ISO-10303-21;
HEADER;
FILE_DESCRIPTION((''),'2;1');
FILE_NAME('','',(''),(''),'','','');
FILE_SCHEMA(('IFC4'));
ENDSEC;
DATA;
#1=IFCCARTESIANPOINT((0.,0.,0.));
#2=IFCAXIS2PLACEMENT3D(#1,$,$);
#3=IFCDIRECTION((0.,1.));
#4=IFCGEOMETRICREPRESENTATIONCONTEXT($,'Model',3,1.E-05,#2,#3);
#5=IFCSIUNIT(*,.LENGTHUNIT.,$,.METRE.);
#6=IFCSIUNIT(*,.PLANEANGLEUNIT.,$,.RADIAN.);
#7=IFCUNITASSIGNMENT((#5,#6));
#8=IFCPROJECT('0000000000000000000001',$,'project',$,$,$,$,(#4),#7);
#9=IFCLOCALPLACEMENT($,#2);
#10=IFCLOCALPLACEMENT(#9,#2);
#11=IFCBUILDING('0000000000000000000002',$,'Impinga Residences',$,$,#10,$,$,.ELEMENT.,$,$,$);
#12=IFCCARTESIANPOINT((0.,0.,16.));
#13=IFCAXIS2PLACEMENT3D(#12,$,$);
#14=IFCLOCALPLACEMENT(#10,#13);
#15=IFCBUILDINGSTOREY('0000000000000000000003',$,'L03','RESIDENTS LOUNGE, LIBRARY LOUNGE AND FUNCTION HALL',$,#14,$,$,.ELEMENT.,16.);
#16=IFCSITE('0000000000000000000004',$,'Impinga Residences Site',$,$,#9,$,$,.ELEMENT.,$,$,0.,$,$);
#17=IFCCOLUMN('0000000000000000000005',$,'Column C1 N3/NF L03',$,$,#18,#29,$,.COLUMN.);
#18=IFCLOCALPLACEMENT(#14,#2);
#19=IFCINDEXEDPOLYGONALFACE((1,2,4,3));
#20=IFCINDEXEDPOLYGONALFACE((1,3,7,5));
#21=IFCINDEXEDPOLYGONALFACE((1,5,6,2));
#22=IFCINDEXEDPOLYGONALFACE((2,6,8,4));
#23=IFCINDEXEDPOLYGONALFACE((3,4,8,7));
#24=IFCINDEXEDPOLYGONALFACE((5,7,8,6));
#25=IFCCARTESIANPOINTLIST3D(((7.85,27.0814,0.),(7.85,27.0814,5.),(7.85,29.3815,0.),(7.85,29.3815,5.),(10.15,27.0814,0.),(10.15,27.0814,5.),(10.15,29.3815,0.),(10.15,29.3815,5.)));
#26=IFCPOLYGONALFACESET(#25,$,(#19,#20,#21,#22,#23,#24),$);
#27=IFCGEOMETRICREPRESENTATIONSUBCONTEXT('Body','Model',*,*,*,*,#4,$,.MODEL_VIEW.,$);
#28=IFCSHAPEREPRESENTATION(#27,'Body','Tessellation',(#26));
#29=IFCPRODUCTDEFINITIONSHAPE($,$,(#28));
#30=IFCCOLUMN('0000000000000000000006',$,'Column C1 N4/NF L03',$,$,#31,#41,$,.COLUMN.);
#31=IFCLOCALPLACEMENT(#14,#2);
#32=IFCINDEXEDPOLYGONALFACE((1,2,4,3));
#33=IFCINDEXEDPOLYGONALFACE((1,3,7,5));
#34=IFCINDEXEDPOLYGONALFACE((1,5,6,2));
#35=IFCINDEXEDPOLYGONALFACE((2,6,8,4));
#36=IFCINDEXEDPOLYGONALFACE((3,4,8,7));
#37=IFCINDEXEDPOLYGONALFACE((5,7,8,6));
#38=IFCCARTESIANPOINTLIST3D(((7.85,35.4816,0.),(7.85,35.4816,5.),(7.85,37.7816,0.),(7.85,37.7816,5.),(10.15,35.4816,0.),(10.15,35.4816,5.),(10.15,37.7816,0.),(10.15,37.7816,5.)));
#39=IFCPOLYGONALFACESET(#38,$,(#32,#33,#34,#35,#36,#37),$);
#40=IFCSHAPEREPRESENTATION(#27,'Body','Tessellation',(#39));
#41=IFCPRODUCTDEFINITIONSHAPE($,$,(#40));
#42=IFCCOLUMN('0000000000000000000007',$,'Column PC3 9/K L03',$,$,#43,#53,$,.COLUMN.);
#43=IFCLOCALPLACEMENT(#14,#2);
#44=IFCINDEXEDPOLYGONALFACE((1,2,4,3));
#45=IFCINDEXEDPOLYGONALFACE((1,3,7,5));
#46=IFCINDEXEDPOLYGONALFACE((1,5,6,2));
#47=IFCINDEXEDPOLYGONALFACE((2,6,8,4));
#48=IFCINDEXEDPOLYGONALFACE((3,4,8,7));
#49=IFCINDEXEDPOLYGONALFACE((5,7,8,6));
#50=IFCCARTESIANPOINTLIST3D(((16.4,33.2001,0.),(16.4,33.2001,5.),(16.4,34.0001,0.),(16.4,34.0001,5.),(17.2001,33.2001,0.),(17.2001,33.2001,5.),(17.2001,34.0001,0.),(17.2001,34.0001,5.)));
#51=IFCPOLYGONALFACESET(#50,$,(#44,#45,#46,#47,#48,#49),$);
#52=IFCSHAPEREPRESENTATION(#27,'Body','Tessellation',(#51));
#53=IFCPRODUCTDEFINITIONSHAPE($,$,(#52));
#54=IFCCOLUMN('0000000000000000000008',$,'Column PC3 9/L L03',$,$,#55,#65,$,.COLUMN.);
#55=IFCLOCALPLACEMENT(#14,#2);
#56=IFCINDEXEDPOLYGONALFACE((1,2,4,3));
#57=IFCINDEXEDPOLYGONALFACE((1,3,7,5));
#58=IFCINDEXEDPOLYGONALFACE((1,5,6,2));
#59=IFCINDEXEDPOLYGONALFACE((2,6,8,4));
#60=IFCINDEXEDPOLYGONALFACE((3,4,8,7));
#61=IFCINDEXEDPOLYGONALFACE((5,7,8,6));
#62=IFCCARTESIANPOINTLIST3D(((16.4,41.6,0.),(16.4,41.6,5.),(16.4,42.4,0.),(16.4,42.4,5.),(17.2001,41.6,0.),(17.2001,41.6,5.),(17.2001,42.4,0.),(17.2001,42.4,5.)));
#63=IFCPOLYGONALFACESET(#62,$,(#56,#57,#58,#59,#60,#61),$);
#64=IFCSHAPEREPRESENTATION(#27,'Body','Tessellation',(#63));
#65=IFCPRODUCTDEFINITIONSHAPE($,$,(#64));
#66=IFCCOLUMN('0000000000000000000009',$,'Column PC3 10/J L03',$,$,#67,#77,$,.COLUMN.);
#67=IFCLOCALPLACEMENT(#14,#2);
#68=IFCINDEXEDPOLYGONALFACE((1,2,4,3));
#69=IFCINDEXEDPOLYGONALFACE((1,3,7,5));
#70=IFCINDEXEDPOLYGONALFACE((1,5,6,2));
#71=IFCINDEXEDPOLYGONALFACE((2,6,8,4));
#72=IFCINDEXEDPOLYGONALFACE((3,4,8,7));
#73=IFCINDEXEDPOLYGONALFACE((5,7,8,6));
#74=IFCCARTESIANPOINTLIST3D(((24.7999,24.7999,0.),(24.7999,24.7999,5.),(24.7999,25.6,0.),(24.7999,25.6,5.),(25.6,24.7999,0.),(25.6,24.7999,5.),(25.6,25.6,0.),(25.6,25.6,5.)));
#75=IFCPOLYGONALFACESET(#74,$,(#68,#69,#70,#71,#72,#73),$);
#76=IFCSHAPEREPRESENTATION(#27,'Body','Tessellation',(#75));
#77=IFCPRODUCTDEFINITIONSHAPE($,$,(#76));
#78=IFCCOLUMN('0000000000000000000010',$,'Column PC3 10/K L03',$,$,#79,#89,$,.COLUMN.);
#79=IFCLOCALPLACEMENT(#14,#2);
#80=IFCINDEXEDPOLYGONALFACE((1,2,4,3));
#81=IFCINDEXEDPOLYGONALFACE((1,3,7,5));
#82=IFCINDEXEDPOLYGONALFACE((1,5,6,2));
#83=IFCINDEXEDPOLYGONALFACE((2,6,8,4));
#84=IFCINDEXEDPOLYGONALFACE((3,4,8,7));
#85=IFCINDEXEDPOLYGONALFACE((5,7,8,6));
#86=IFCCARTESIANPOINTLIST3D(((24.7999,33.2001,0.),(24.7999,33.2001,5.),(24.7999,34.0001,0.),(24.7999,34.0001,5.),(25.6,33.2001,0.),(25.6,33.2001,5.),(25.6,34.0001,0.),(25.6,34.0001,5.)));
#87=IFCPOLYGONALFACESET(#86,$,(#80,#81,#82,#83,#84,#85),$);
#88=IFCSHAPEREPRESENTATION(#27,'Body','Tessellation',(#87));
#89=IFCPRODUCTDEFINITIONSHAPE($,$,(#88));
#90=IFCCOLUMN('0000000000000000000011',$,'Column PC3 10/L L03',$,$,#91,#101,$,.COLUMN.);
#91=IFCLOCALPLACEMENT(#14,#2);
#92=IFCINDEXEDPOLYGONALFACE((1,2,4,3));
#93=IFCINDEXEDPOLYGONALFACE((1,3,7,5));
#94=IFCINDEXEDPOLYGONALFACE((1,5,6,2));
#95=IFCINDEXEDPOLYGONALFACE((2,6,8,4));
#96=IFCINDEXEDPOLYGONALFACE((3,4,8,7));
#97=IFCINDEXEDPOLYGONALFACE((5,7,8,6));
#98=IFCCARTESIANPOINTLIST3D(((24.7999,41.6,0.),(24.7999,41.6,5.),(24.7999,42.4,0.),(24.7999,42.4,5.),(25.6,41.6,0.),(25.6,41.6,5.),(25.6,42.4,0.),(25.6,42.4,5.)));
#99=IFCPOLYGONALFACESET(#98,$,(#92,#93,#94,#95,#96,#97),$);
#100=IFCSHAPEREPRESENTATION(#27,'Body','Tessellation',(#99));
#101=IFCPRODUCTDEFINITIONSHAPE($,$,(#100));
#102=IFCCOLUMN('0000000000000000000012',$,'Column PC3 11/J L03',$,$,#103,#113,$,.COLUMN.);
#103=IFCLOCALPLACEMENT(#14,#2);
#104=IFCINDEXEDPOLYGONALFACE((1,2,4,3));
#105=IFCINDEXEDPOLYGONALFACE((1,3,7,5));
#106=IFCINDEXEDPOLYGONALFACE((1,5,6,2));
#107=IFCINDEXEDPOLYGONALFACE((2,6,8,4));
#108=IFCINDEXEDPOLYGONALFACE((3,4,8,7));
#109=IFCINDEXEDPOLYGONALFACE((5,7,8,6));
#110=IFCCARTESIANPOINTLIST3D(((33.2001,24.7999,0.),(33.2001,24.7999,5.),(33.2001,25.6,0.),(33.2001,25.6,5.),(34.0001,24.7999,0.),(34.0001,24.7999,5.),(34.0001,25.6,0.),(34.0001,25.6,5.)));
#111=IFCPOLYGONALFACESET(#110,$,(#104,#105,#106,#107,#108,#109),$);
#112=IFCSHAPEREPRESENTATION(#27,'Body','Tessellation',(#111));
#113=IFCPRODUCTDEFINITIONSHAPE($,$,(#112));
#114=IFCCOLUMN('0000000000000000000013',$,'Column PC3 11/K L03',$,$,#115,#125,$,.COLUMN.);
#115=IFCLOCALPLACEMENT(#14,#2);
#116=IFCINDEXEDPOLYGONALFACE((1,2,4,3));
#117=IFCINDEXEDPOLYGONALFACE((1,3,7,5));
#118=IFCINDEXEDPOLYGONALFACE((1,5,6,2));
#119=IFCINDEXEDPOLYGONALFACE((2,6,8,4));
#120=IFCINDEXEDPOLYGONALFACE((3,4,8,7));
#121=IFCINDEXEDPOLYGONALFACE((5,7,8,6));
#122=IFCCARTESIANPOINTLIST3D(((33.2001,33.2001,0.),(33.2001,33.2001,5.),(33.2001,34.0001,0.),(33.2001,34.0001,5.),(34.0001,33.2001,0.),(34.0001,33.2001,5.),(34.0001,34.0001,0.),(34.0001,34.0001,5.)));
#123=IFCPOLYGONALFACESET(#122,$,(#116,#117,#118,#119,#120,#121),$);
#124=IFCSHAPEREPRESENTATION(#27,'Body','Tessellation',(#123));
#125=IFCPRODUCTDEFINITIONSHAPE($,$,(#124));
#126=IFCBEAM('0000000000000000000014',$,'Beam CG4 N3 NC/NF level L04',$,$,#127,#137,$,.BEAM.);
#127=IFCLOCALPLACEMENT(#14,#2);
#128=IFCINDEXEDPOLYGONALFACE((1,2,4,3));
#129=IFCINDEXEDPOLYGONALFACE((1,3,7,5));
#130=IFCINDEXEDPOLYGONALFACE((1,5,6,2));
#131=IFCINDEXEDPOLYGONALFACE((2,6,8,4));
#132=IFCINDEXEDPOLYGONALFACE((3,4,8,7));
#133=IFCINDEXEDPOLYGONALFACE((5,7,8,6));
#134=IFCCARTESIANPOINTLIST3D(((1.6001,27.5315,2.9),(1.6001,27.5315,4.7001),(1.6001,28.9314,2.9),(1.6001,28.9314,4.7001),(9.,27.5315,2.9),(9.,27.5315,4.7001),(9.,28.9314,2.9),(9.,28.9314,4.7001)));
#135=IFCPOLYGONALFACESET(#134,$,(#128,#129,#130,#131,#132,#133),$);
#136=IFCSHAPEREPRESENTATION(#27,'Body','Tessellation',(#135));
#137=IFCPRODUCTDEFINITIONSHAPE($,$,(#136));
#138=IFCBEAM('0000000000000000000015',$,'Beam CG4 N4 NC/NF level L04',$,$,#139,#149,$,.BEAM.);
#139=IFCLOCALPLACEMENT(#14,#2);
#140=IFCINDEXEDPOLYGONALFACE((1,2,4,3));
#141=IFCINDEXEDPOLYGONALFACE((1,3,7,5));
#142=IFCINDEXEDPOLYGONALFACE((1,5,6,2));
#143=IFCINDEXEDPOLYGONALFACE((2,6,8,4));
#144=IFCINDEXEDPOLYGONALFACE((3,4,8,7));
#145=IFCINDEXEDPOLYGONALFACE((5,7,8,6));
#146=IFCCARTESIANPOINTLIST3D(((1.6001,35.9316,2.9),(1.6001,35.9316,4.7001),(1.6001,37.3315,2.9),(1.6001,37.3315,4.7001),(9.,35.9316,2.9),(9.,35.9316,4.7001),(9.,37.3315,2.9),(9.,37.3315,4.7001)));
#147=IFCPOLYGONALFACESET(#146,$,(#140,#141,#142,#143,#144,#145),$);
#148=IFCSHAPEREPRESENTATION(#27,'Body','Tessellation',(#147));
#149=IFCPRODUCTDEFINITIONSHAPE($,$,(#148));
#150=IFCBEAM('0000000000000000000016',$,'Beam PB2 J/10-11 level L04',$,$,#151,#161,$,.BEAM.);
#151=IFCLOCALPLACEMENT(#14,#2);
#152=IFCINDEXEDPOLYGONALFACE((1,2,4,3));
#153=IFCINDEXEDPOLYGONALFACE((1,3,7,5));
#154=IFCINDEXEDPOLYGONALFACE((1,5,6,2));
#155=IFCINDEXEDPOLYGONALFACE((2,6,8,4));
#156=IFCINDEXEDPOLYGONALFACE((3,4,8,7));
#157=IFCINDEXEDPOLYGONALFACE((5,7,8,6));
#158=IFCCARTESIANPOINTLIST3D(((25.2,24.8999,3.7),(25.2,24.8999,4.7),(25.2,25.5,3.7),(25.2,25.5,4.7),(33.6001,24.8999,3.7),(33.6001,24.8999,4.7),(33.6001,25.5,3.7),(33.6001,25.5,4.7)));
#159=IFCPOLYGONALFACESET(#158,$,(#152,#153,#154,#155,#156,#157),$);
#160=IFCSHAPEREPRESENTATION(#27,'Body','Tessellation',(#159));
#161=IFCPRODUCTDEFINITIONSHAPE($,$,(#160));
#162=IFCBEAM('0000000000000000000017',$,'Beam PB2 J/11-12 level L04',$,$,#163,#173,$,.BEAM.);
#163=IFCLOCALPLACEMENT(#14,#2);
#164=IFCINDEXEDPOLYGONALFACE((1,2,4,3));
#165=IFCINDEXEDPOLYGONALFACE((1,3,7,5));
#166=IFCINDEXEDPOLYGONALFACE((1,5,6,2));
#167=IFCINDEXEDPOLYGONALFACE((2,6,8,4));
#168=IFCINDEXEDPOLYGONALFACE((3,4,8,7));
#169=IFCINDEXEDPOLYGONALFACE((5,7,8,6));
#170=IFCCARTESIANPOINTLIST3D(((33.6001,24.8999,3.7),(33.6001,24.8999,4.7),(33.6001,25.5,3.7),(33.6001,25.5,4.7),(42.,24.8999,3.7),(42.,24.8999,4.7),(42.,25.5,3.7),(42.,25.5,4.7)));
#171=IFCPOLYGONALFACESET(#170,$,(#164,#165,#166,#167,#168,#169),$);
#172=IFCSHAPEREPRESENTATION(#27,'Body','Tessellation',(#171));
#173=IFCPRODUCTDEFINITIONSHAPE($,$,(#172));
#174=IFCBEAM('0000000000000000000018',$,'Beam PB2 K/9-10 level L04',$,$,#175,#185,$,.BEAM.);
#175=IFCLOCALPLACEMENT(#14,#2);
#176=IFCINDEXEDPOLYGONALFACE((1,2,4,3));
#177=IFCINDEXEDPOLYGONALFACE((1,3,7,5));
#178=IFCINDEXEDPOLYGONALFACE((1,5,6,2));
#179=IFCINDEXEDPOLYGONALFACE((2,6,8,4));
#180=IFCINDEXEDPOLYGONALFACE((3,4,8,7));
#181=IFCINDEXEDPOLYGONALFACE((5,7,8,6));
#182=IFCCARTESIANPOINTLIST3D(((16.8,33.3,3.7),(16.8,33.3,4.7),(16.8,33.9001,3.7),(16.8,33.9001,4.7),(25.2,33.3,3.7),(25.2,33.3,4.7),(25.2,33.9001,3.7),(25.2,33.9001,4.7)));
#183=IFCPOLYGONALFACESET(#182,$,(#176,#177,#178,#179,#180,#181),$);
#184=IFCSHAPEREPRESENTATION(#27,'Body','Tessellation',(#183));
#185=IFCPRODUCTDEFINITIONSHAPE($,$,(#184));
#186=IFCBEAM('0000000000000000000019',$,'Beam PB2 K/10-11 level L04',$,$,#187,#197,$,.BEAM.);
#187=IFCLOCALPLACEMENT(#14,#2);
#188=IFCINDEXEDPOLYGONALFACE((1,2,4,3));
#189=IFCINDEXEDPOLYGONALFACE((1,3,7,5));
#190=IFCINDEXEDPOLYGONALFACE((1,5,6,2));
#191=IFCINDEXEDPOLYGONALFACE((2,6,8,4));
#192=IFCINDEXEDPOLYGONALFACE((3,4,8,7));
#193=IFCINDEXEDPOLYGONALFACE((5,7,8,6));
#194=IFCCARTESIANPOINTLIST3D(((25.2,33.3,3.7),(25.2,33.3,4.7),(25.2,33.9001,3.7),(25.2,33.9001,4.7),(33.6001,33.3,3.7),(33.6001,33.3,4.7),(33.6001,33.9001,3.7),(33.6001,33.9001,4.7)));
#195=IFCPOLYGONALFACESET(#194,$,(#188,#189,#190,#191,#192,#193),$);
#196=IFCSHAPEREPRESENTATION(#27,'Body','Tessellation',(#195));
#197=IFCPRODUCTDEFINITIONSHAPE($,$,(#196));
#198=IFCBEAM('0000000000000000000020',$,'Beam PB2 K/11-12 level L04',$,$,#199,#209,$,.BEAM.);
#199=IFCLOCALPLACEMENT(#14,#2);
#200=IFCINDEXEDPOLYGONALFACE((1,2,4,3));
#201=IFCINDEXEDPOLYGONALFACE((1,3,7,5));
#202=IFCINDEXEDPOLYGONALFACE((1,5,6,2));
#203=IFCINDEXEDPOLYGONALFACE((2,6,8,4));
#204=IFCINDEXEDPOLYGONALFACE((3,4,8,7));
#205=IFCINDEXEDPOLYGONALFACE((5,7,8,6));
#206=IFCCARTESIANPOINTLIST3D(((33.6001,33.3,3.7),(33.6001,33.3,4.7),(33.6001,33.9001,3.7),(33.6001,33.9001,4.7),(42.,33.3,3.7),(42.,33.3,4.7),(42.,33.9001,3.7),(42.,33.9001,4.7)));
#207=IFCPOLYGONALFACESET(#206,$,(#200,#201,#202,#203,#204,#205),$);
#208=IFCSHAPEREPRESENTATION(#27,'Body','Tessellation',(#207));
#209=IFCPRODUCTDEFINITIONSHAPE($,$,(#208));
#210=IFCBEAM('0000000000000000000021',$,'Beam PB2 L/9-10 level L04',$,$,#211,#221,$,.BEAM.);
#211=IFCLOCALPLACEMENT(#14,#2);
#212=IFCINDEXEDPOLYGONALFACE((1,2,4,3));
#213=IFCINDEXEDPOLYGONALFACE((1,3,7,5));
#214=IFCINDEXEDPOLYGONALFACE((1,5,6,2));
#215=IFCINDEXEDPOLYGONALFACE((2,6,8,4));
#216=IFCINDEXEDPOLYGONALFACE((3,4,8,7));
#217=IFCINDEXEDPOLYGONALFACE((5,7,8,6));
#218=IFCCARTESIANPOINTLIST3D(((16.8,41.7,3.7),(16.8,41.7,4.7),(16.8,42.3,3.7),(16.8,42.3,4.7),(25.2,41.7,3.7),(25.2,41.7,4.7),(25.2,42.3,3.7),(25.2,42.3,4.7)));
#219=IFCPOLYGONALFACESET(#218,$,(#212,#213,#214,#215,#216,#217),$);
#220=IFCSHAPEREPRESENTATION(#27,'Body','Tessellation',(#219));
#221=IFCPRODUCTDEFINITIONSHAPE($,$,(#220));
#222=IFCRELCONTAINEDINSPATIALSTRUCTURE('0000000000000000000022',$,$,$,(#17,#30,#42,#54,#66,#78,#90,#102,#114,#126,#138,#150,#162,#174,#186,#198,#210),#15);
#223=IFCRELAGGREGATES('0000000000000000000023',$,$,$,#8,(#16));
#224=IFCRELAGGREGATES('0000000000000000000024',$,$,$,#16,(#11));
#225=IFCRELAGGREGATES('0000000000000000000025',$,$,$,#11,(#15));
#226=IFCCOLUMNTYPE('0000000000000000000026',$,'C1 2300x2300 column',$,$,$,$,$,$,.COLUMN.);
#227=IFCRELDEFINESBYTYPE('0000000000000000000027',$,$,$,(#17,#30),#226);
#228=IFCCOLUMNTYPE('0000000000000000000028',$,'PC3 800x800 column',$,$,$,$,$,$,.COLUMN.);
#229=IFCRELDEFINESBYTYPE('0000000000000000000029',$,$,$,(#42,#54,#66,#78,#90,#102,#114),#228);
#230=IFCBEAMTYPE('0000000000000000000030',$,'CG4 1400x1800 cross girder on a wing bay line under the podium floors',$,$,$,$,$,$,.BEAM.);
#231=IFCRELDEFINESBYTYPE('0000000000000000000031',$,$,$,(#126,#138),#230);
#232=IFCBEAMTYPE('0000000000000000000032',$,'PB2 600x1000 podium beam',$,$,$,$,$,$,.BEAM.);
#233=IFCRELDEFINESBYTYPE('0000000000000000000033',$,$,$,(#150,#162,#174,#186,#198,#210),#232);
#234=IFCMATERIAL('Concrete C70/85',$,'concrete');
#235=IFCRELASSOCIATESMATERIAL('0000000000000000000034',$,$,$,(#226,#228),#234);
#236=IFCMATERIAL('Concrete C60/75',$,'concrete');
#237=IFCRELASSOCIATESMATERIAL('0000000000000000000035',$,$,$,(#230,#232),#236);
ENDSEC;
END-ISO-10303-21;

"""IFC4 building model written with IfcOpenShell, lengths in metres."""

from ifc_helpers import new_model, si_unit, direction, frame, origin, origin_2d, place, context, subcontext, project, spatial, rectangle, extrude, material, material_profile, profile_set, type_object, element, save


model = new_model("IFC4")

# Units and contexts
model_context = context("Model", 3, precision=1e-05, world=origin(), true_north=direction((0.0, 1.0)))
body_context = subcontext(model_context, "Body", "Model", "MODEL_VIEW")
ifc_project = project(units=[si_unit("LENGTHUNIT", "METRE"), si_unit("PLANEANGLEUNIT", "RADIAN")], contexts=[model_context])

# Site, building, storey
site_placement = place(None, origin())
site = spatial("IfcSite", under=ifc_project, at=site_placement, Name="Impinga Residences Site", CompositionType="ELEMENT", RefElevation=0.0)
building_placement = place(site_placement, origin())
building = spatial("IfcBuilding", under=site, at=building_placement, Name="Impinga Residences", CompositionType="ELEMENT")
storey_placement = place(building_placement, frame((0.0, 0.0, 16.0)))
storey = spatial("IfcBuildingStorey", under=building, at=storey_placement, Name="L03", Description="RESIDENTS LOUNGE, LIBRARY LOUNGE AND FUNCTION HALL", CompositionType="ELEMENT", Elevation=16.0)

# Columns
ifc_material_1 = material(Name="Concrete C70/85", Category="concrete")
ifc_material_profile_1 = material_profile(ifc_material_1, rectangle(XDim=2.3, YDim=2.3, at=origin_2d()), Name="RC 2300x2300")
ifc_profile_set_1 = profile_set([ifc_material_profile_1], Name="Concrete C70/85")
column_type_1 = type_object("IfcColumnType", Name="C1 2300x2300 column", PredefinedType="COLUMN", material=ifc_profile_set_1)
for number, where, z_axis, x_axis, name in (
    (1, (9.0, 28.2314, 0.0), (0.0, 0.0, 1.0), (1.0, 0.0, 0.0), "Column C1 N3/NF L03"),
    (2, (9.0, 36.6316, 0.0), (0.0, 0.0, 1.0), (1.0, 0.0, 0.0), "Column C1 N4/NF L03"),
):
    element("IfcColumn", number, at=place(storey_placement, frame(where, z_axis=z_axis, x_axis=x_axis)), inside=storey, type_object=column_type_1, Name=name, PredefinedType="COLUMN", context=body_context, shape_type="SweptSolid", body=[
        extrude(rectangle(XDim=2.3, YDim=2.3, at=origin_2d()), origin(), (0.0, 0.0, 1.0), 5.0),
    ])
ifc_material_profile_2 = material_profile(ifc_material_1, rectangle(XDim=0.8, YDim=0.8, at=origin_2d()), Name="RC 800x800")
ifc_profile_set_2 = profile_set([ifc_material_profile_2], Name="Concrete C70/85")
column_type_2 = type_object("IfcColumnType", Name="PC3 800x800 column", PredefinedType="COLUMN", material=ifc_profile_set_2)
for number, where, z_axis, x_axis, name in (
    (3, (16.8, 33.6001, 0.0), (0.0, 0.0, 1.0), (1.0, 0.0, 0.0), "Column PC3 9/K L03"),
    (4, (16.8, 42.0, 0.0), (0.0, 0.0, 1.0), (1.0, 0.0, 0.0), "Column PC3 9/L L03"),
    (5, (25.2, 25.2, 0.0), (0.0, 0.0, 1.0), (1.0, 0.0, 0.0), "Column PC3 10/J L03"),
    (6, (25.2, 33.6001, 0.0), (0.0, 0.0, 1.0), (1.0, 0.0, 0.0), "Column PC3 10/K L03"),
    (7, (25.2, 42.0, 0.0), (0.0, 0.0, 1.0), (1.0, 0.0, 0.0), "Column PC3 10/L L03"),
    (8, (33.6001, 25.2, 0.0), (0.0, 0.0, 1.0), (1.0, 0.0, 0.0), "Column PC3 11/J L03"),
    (9, (33.6001, 33.6001, 0.0), (0.0, 0.0, 1.0), (1.0, 0.0, 0.0), "Column PC3 11/K L03"),
):
    element("IfcColumn", number, at=place(storey_placement, frame(where, z_axis=z_axis, x_axis=x_axis)), inside=storey, type_object=column_type_2, Name=name, PredefinedType="COLUMN", context=body_context, shape_type="SweptSolid", body=[
        extrude(rectangle(XDim=0.8, YDim=0.8, at=origin_2d()), origin(), (0.0, 0.0, 1.0), 5.0),
    ])

# Beams
ifc_material_2 = material(Name="Concrete C60/75", Category="concrete")
ifc_material_profile_3 = material_profile(ifc_material_2, rectangle(XDim=1.3999, YDim=1.8, at=origin_2d()), Name="RC 1400x1800")
ifc_profile_set_3 = profile_set([ifc_material_profile_3], Name="Concrete C60/75")
beam_type_1 = type_object("IfcBeamType", Name="CG4 1400x1800 cross girder on a wing bay line under the podium floors", PredefinedType="BEAM", material=ifc_profile_set_3)
for number, where, z_axis, x_axis, name in (
    (10, (1.6001, 28.2314, 3.8), (1.0, 0.0, 0.0), (0.0, 1.0, 0.0), "Beam CG4 N3 NC/NF level L04"),
    (11, (1.6001, 36.6316, 3.8), (1.0, 0.0, 0.0), (0.0, 1.0, 0.0), "Beam CG4 N4 NC/NF level L04"),
):
    element("IfcBeam", number, at=place(storey_placement, frame(where, z_axis=z_axis, x_axis=x_axis)), inside=storey, type_object=beam_type_1, Name=name, PredefinedType="BEAM", context=body_context, shape_type="SweptSolid", body=[
        extrude(rectangle(XDim=1.3999, YDim=1.8, at=origin_2d()), origin(), (0.0, 0.0, 1.0), 7.3999),
    ])
ifc_material_profile_4 = material_profile(ifc_material_2, rectangle(XDim=0.6001, YDim=1.0, at=origin_2d()), Name="RC 600x1000")
ifc_profile_set_4 = profile_set([ifc_material_profile_4], Name="Concrete C60/75")
beam_type_2 = type_object("IfcBeamType", Name="PB2 600x1000 podium beam", PredefinedType="BEAM", material=ifc_profile_set_4)
beam_1_placement = place(storey_placement, frame((25.2, 25.2, 4.2), z_axis=(1.0, 0.0, 0.0), x_axis=(0.0, 1.0, 0.0)))
element("IfcBeam", 12, at=beam_1_placement, inside=storey, type_object=beam_type_2, Name="Beam PB2 J/10-11 level L04", PredefinedType="BEAM", context=body_context, shape_type="SweptSolid", body=[
    extrude(rectangle(XDim=0.6001, YDim=1.0, at=origin_2d()), origin(), (0.0, 0.0, 1.0), 8.4001),
])
for number, where, z_axis, x_axis, name in (
    (13, (33.6001, 25.2, 4.2), (1.0, 0.0, 0.0), (0.0, 1.0, 0.0), "Beam PB2 J/11-12 level L04"),
    (14, (16.8, 33.6001, 4.2), (1.0, 0.0, 0.0), (0.0, 1.0, 0.0), "Beam PB2 K/9-10 level L04"),
):
    element("IfcBeam", number, at=place(storey_placement, frame(where, z_axis=z_axis, x_axis=x_axis)), inside=storey, type_object=beam_type_2, Name=name, PredefinedType="BEAM", context=body_context, shape_type="SweptSolid", body=[
        extrude(rectangle(XDim=0.6001, YDim=1.0, at=origin_2d()), origin(), (0.0, 0.0, 1.0), 8.3999),
    ])
beam_2_placement = place(storey_placement, frame((25.2, 33.6001, 4.2), z_axis=(1.0, 0.0, 0.0), x_axis=(0.0, 1.0, 0.0)))
element("IfcBeam", 15, at=beam_2_placement, inside=storey, type_object=beam_type_2, Name="Beam PB2 K/10-11 level L04", PredefinedType="BEAM", context=body_context, shape_type="SweptSolid", body=[
    extrude(rectangle(XDim=0.6001, YDim=1.0, at=origin_2d()), origin(), (0.0, 0.0, 1.0), 8.4001),
])
for number, where, z_axis, x_axis, name in (
    (16, (33.6001, 33.6001, 4.2), (1.0, 0.0, 0.0), (0.0, 1.0, 0.0), "Beam PB2 K/11-12 level L04"),
    (17, (16.8, 42.0, 4.2), (1.0, 0.0, 0.0), (0.0, 1.0, 0.0), "Beam PB2 L/9-10 level L04"),
):
    element("IfcBeam", number, at=place(storey_placement, frame(where, z_axis=z_axis, x_axis=x_axis)), inside=storey, type_object=beam_type_2, Name=name, PredefinedType="BEAM", context=body_context, shape_type="SweptSolid", body=[
        extrude(rectangle(XDim=0.6001, YDim=1.0, at=origin_2d()), origin(), (0.0, 0.0, 1.0), 8.3999),
    ])

save(model, "model.ifc")
